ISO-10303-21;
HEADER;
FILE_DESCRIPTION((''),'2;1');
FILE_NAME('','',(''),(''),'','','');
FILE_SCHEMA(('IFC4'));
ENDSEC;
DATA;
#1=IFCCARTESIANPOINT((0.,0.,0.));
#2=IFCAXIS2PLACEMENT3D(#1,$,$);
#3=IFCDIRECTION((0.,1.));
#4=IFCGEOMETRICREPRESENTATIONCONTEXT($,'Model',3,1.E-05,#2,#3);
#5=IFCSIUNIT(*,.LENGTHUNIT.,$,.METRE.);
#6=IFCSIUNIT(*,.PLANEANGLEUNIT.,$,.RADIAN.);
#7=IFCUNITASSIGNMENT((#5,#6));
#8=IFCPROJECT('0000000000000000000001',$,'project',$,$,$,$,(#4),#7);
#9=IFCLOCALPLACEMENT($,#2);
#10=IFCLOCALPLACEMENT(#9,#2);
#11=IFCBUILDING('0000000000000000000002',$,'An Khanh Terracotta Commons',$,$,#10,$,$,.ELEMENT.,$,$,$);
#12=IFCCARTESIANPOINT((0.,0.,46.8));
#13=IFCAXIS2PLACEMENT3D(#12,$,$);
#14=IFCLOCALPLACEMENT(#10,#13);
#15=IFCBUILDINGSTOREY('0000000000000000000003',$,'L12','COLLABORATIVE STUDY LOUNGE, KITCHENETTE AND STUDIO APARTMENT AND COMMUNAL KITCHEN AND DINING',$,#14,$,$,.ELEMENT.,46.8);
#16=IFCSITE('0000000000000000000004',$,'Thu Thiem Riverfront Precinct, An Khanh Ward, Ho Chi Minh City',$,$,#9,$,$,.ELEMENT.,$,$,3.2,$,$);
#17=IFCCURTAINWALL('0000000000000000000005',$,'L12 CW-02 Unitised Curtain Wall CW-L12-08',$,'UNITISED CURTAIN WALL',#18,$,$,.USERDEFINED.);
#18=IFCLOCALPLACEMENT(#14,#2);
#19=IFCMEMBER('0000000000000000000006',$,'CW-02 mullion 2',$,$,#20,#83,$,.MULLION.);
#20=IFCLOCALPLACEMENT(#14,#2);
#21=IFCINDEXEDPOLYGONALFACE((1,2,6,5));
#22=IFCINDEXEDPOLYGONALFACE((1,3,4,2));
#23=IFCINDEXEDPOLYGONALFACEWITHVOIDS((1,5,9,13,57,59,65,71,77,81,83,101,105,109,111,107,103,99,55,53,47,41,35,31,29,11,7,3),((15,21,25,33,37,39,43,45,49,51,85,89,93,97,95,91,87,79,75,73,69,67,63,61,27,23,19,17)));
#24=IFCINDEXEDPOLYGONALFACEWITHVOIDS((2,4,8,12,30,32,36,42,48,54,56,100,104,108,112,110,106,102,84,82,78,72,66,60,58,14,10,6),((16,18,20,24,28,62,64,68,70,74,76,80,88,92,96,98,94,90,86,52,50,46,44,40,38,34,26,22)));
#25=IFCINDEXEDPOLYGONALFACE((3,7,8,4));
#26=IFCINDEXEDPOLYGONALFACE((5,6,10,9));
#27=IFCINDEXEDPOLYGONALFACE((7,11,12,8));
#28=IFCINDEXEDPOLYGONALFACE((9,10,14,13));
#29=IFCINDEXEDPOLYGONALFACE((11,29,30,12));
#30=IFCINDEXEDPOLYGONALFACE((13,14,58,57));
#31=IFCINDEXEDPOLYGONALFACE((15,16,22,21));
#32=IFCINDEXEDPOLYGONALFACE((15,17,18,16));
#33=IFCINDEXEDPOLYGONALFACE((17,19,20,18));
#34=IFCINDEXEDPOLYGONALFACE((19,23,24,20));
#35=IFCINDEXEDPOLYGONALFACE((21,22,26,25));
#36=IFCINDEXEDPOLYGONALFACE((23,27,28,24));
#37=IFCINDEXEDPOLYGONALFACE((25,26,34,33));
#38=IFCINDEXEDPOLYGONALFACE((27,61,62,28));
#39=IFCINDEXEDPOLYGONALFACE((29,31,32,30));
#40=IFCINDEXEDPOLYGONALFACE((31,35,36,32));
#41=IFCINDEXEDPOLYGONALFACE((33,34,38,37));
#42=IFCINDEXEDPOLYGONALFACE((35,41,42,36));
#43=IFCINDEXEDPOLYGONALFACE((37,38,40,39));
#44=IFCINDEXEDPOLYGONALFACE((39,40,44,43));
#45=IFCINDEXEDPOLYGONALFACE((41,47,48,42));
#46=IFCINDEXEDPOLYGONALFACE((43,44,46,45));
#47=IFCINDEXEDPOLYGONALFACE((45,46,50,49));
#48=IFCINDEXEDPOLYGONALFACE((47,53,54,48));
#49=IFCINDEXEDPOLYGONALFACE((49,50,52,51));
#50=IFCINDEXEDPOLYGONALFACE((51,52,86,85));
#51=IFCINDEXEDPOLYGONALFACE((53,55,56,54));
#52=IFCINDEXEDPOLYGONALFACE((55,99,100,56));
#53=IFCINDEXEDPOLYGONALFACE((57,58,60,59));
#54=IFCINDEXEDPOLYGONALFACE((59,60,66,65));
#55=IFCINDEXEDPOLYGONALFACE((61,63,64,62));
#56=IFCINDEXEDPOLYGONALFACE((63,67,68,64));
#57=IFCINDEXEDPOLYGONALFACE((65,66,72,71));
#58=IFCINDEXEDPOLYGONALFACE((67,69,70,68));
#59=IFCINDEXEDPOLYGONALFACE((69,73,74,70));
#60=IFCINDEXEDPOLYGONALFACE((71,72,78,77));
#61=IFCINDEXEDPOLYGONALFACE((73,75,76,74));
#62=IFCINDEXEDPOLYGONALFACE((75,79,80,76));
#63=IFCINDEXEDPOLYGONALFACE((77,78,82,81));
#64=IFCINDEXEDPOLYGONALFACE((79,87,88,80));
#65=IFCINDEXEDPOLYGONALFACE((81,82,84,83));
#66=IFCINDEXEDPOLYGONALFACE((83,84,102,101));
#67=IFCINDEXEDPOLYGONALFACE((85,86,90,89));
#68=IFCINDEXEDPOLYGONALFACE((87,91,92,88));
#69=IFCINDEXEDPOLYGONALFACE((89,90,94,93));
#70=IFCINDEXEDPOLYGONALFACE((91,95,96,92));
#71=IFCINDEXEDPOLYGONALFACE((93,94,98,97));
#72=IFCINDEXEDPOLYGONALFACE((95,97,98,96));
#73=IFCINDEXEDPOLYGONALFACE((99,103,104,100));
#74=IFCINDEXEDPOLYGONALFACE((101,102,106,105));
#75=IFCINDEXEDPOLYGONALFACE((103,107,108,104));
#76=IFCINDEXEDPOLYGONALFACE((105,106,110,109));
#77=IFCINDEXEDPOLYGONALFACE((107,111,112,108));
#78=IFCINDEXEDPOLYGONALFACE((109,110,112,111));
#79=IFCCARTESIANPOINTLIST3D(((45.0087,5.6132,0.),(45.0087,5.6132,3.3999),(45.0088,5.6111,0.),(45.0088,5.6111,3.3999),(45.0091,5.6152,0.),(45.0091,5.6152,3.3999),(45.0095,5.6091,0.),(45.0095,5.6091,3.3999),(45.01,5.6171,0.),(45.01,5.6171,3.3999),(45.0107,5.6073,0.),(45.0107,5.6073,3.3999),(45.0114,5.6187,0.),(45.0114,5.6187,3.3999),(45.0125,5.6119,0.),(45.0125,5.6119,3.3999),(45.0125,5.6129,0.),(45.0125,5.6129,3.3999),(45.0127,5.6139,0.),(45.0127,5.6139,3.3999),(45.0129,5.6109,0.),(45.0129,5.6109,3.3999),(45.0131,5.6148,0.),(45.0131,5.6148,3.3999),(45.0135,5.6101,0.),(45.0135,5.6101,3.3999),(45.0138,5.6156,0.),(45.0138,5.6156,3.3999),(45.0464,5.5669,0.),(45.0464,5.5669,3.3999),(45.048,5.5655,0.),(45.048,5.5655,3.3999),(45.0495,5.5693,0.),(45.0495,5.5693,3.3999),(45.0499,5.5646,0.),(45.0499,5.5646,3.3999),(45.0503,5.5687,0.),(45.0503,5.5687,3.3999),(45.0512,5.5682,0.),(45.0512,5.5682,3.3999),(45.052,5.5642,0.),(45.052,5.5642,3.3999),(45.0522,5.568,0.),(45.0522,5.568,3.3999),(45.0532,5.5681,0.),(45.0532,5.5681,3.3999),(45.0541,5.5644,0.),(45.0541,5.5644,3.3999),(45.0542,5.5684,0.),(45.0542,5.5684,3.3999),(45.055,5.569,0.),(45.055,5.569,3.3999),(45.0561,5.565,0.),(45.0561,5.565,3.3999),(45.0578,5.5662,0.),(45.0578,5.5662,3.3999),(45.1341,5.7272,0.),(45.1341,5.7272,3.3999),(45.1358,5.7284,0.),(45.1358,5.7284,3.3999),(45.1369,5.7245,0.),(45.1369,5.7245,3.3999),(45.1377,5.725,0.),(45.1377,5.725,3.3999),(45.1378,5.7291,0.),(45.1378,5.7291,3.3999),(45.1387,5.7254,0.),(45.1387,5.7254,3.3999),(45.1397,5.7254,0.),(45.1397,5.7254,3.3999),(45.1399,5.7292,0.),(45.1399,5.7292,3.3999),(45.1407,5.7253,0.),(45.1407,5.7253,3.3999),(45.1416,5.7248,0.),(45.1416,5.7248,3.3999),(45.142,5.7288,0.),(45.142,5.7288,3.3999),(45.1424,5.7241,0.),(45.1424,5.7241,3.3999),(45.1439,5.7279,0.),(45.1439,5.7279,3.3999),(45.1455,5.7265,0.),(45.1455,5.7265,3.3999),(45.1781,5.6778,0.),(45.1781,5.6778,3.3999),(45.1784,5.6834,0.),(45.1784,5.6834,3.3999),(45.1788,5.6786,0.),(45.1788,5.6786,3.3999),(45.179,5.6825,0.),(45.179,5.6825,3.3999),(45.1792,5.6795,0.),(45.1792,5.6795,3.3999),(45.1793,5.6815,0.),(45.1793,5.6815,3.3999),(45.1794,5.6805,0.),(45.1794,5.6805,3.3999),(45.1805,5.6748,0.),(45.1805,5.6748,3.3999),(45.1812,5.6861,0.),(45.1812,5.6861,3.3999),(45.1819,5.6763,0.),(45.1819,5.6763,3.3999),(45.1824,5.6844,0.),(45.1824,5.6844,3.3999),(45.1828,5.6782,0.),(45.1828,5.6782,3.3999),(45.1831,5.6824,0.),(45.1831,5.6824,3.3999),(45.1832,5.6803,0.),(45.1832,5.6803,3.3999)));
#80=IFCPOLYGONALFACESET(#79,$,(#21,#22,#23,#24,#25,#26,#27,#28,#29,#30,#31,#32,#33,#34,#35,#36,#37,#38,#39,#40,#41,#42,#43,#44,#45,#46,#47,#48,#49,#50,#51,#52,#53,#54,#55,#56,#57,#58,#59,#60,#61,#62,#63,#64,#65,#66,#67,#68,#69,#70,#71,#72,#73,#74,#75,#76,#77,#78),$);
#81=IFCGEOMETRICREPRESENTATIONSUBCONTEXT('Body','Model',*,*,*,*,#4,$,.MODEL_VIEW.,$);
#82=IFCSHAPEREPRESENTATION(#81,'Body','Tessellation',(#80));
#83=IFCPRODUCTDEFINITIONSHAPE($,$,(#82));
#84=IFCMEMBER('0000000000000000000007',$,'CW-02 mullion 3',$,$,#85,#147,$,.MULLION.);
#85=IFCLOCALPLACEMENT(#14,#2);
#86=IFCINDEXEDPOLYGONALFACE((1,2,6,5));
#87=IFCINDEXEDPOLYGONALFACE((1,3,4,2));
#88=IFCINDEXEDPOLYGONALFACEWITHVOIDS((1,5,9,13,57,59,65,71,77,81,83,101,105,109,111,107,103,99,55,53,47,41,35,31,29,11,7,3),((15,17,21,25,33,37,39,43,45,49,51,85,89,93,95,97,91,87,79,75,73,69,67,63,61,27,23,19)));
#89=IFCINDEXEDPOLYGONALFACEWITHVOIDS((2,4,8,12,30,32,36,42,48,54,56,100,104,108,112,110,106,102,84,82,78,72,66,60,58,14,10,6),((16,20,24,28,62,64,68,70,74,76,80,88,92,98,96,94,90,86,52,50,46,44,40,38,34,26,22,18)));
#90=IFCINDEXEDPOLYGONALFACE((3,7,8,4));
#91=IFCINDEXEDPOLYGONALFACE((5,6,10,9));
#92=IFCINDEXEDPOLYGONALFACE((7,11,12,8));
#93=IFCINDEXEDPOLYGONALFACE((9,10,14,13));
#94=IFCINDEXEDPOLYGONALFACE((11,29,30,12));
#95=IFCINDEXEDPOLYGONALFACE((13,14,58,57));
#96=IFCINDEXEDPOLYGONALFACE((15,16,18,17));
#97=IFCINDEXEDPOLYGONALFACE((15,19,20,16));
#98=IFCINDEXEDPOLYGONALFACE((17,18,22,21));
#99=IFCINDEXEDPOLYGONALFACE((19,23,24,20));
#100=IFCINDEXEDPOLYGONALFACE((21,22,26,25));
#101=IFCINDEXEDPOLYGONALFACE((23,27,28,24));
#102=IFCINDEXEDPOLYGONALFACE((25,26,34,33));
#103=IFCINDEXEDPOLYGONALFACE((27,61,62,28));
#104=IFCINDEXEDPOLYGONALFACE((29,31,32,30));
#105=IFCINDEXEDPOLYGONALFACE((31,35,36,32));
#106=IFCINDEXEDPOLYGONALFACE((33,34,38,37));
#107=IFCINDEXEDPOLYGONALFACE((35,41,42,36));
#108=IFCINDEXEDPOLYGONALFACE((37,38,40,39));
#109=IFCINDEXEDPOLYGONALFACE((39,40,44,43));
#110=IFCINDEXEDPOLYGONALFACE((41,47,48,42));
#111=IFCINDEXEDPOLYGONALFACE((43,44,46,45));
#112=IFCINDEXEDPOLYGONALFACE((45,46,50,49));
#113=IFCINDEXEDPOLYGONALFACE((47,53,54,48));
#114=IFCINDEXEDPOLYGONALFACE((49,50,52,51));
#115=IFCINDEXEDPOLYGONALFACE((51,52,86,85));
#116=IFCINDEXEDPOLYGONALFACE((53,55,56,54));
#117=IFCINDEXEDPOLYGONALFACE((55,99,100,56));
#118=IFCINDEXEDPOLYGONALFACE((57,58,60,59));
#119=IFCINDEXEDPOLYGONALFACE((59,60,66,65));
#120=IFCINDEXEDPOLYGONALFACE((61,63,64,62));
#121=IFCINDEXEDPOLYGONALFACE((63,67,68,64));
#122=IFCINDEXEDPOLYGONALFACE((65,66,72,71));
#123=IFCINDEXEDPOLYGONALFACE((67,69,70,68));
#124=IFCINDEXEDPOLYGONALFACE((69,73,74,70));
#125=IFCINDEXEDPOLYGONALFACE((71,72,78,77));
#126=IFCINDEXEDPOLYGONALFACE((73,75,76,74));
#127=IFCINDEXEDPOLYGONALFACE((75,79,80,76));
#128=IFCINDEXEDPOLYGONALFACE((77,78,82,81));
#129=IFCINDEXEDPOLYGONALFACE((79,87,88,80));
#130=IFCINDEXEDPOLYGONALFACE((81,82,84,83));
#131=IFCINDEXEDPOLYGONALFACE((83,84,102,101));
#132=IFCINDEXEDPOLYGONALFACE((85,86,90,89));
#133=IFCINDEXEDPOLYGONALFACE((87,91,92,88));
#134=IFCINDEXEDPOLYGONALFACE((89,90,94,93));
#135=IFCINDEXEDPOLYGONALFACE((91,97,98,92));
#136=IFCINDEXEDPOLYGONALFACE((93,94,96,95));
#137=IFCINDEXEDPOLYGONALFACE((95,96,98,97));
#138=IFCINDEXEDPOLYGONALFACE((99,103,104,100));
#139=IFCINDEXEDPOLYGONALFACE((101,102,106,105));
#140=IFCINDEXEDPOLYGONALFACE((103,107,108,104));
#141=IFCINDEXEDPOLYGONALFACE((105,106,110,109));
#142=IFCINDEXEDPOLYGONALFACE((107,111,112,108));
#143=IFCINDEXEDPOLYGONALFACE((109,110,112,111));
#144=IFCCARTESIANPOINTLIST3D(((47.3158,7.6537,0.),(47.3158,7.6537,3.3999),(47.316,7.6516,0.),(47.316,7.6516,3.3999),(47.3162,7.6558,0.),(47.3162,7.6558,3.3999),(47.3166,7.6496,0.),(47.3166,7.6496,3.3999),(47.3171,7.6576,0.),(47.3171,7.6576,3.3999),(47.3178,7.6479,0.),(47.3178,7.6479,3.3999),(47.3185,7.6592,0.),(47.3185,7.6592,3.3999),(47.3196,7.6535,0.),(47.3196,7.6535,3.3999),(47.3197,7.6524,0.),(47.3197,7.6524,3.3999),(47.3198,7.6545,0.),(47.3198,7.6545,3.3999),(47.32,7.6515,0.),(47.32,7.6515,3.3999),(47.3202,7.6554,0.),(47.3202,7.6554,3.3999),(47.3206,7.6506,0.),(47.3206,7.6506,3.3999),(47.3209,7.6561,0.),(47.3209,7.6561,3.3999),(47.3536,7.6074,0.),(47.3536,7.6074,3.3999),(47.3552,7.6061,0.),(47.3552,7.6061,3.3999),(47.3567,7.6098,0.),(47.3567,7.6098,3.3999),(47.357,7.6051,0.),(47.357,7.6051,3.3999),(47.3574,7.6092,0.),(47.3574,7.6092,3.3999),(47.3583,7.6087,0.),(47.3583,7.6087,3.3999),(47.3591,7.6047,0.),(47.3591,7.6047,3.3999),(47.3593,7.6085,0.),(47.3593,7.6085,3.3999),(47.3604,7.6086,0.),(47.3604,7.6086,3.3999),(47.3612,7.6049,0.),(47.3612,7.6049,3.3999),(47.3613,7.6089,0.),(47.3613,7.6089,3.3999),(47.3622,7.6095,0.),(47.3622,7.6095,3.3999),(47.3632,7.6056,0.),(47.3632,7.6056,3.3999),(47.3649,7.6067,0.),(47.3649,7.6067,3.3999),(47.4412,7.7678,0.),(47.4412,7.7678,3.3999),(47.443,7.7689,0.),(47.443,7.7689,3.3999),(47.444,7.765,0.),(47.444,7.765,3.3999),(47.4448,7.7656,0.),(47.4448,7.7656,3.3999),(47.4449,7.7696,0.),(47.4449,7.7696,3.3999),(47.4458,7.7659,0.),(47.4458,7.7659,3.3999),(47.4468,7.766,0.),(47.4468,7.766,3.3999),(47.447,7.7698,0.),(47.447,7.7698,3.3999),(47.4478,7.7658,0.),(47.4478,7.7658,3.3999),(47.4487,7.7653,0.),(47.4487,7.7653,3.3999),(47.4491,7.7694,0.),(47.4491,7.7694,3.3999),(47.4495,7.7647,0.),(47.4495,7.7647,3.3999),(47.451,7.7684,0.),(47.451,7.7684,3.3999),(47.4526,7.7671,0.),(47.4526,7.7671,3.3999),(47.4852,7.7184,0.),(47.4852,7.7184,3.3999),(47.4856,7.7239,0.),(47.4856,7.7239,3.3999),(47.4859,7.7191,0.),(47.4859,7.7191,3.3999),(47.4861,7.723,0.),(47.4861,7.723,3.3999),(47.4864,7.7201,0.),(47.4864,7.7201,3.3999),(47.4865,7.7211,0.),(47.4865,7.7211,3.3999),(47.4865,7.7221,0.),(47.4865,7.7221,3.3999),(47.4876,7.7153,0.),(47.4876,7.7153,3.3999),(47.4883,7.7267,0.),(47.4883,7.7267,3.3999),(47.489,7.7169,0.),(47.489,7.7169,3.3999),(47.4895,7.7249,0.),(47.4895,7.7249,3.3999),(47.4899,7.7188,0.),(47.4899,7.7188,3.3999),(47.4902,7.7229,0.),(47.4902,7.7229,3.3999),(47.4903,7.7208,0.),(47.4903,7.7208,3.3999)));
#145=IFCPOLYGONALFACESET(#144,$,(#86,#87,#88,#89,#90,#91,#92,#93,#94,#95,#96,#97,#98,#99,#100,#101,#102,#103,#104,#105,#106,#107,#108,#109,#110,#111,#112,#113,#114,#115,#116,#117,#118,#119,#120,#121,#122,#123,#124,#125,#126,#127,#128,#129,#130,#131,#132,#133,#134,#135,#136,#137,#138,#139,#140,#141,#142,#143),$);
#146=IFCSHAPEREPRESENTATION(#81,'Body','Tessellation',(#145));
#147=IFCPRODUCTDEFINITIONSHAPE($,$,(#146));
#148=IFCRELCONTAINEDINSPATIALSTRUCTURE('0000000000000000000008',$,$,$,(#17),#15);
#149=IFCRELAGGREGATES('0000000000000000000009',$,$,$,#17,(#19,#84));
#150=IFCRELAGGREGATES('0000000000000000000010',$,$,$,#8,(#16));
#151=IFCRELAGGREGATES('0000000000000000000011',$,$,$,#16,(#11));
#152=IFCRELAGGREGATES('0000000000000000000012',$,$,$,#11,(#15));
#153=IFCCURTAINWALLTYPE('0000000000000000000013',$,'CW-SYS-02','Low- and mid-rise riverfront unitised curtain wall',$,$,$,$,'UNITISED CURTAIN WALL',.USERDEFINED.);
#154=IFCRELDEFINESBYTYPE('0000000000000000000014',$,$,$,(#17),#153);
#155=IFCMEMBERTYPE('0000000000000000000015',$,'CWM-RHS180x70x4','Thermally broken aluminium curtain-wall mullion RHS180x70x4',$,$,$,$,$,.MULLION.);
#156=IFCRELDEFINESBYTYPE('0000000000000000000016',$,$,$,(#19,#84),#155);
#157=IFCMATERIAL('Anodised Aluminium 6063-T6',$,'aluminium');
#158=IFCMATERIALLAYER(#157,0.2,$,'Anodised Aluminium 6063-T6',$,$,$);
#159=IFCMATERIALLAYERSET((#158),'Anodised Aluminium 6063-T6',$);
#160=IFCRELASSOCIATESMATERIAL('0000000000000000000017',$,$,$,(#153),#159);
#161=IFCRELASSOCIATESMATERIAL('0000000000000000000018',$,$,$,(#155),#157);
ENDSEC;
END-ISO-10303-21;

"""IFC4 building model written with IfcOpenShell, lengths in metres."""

from ifc_helpers import new_model, si_unit, direction, frame, origin, origin_2d, place, context, subcontext, project, spatial, hollow_rectangle, extrude, material, layer, layer_set, material_profile, profile_set, type_object, element, aggregate, save


model = new_model("IFC4")

# Units and contexts
model_context = context("Model", 3, precision=1e-05, world=origin(), true_north=direction((0.0, 1.0)))
body_context = subcontext(model_context, "Body", "Model", "MODEL_VIEW")
ifc_project = project(units=[si_unit("LENGTHUNIT", "METRE"), si_unit("PLANEANGLEUNIT", "RADIAN")], contexts=[model_context])

# Site, building, storey
site_placement = place(None, origin())
site = spatial("IfcSite", under=ifc_project, at=site_placement, Name="Thu Thiem Riverfront Precinct, An Khanh Ward, Ho Chi Minh City", CompositionType="ELEMENT", RefElevation=3.2)
building_placement = place(site_placement, origin())
building = spatial("IfcBuilding", under=site, at=building_placement, Name="An Khanh Terracotta Commons", CompositionType="ELEMENT")
storey_placement = place(building_placement, frame((0.0, 0.0, 46.8)))
storey = spatial("IfcBuildingStorey", under=building, at=storey_placement, Name="L12", Description="COLLABORATIVE STUDY LOUNGE, KITCHENETTE AND STUDIO APARTMENT AND COMMUNAL KITCHEN AND DINING", CompositionType="ELEMENT", Elevation=46.8)

# Curtain wall, members
ifc_material_1 = material(Name="Anodised Aluminium 6063-T6", Category="aluminium")
ifc_layer_1 = layer(ifc_material_1, 0.2, Name="Anodised Aluminium 6063-T6")
ifc_layer_set_1 = layer_set([ifc_layer_1], Name="Anodised Aluminium 6063-T6")
curtain_wall_type = type_object("IfcCurtainWallType", Name="CW-SYS-02", Description="Low- and mid-rise riverfront unitised curtain wall", ElementType="UNITISED CURTAIN WALL", PredefinedType="USERDEFINED", material=ifc_layer_set_1)
curtain_wall_placement = place(storey_placement, origin())
curtain_wall = element("IfcCurtainWall", 1, at=curtain_wall_placement, inside=storey, type_object=curtain_wall_type, Name="L12 CW-02 Unitised Curtain Wall CW-L12-08", ObjectType="UNITISED CURTAIN WALL", PredefinedType="USERDEFINED")
ifc_material_profile_1 = material_profile(ifc_material_1, hollow_rectangle(XDim=0.0701, YDim=0.1799, WallThickness=0.0039, InnerFilletRadius=0.0039, OuterFilletRadius=0.0081, at=origin_2d()), Name="RHS180x70x4")
ifc_profile_set_1 = profile_set([ifc_material_profile_1], Name="Anodised Aluminium 6063-T6")
member_type_1 = type_object("IfcMemberType", Name="CWM-RHS180x70x4", Description="Thermally broken aluminium curtain-wall mullion RHS180x70x4", PredefinedType="MULLION", material=ifc_profile_set_1)
member_1_placement = place(storey_placement, frame((45.0959, 5.6467, 0.0), z_axis=(0.0, 0.0, 1.0), x_axis=(-0.662548, 0.749019, 0.0)))
member_1 = element("IfcMember", 2, at=member_1_placement, type_object=member_type_1, Name="CW-02 mullion 2", PredefinedType="MULLION", context=body_context, shape_type="SweptSolid", body=[
    extrude(hollow_rectangle(XDim=0.0701, YDim=0.1799, WallThickness=0.0039, InnerFilletRadius=0.0039, OuterFilletRadius=0.0081, at=origin_2d()), origin(), (0.0, 0.0, 1.0), 3.3999),
])
member_2_placement = place(storey_placement, frame((47.4031, 7.6873, 0.0), z_axis=(0.0, 0.0, 1.0), x_axis=(-0.662548, 0.749019, 0.0)))
member_2 = element("IfcMember", 3, at=member_2_placement, type_object=member_type_1, Name="CW-02 mullion 3", PredefinedType="MULLION", context=body_context, shape_type="SweptSolid", body=[
    extrude(hollow_rectangle(XDim=0.0701, YDim=0.1799, WallThickness=0.0039, InnerFilletRadius=0.0039, OuterFilletRadius=0.0081, at=origin_2d()), origin(), (0.0, 0.0, 1.0), 3.3999),
])
aggregate(curtain_wall, [member_1, member_2])

save(model, "model.ifc")
